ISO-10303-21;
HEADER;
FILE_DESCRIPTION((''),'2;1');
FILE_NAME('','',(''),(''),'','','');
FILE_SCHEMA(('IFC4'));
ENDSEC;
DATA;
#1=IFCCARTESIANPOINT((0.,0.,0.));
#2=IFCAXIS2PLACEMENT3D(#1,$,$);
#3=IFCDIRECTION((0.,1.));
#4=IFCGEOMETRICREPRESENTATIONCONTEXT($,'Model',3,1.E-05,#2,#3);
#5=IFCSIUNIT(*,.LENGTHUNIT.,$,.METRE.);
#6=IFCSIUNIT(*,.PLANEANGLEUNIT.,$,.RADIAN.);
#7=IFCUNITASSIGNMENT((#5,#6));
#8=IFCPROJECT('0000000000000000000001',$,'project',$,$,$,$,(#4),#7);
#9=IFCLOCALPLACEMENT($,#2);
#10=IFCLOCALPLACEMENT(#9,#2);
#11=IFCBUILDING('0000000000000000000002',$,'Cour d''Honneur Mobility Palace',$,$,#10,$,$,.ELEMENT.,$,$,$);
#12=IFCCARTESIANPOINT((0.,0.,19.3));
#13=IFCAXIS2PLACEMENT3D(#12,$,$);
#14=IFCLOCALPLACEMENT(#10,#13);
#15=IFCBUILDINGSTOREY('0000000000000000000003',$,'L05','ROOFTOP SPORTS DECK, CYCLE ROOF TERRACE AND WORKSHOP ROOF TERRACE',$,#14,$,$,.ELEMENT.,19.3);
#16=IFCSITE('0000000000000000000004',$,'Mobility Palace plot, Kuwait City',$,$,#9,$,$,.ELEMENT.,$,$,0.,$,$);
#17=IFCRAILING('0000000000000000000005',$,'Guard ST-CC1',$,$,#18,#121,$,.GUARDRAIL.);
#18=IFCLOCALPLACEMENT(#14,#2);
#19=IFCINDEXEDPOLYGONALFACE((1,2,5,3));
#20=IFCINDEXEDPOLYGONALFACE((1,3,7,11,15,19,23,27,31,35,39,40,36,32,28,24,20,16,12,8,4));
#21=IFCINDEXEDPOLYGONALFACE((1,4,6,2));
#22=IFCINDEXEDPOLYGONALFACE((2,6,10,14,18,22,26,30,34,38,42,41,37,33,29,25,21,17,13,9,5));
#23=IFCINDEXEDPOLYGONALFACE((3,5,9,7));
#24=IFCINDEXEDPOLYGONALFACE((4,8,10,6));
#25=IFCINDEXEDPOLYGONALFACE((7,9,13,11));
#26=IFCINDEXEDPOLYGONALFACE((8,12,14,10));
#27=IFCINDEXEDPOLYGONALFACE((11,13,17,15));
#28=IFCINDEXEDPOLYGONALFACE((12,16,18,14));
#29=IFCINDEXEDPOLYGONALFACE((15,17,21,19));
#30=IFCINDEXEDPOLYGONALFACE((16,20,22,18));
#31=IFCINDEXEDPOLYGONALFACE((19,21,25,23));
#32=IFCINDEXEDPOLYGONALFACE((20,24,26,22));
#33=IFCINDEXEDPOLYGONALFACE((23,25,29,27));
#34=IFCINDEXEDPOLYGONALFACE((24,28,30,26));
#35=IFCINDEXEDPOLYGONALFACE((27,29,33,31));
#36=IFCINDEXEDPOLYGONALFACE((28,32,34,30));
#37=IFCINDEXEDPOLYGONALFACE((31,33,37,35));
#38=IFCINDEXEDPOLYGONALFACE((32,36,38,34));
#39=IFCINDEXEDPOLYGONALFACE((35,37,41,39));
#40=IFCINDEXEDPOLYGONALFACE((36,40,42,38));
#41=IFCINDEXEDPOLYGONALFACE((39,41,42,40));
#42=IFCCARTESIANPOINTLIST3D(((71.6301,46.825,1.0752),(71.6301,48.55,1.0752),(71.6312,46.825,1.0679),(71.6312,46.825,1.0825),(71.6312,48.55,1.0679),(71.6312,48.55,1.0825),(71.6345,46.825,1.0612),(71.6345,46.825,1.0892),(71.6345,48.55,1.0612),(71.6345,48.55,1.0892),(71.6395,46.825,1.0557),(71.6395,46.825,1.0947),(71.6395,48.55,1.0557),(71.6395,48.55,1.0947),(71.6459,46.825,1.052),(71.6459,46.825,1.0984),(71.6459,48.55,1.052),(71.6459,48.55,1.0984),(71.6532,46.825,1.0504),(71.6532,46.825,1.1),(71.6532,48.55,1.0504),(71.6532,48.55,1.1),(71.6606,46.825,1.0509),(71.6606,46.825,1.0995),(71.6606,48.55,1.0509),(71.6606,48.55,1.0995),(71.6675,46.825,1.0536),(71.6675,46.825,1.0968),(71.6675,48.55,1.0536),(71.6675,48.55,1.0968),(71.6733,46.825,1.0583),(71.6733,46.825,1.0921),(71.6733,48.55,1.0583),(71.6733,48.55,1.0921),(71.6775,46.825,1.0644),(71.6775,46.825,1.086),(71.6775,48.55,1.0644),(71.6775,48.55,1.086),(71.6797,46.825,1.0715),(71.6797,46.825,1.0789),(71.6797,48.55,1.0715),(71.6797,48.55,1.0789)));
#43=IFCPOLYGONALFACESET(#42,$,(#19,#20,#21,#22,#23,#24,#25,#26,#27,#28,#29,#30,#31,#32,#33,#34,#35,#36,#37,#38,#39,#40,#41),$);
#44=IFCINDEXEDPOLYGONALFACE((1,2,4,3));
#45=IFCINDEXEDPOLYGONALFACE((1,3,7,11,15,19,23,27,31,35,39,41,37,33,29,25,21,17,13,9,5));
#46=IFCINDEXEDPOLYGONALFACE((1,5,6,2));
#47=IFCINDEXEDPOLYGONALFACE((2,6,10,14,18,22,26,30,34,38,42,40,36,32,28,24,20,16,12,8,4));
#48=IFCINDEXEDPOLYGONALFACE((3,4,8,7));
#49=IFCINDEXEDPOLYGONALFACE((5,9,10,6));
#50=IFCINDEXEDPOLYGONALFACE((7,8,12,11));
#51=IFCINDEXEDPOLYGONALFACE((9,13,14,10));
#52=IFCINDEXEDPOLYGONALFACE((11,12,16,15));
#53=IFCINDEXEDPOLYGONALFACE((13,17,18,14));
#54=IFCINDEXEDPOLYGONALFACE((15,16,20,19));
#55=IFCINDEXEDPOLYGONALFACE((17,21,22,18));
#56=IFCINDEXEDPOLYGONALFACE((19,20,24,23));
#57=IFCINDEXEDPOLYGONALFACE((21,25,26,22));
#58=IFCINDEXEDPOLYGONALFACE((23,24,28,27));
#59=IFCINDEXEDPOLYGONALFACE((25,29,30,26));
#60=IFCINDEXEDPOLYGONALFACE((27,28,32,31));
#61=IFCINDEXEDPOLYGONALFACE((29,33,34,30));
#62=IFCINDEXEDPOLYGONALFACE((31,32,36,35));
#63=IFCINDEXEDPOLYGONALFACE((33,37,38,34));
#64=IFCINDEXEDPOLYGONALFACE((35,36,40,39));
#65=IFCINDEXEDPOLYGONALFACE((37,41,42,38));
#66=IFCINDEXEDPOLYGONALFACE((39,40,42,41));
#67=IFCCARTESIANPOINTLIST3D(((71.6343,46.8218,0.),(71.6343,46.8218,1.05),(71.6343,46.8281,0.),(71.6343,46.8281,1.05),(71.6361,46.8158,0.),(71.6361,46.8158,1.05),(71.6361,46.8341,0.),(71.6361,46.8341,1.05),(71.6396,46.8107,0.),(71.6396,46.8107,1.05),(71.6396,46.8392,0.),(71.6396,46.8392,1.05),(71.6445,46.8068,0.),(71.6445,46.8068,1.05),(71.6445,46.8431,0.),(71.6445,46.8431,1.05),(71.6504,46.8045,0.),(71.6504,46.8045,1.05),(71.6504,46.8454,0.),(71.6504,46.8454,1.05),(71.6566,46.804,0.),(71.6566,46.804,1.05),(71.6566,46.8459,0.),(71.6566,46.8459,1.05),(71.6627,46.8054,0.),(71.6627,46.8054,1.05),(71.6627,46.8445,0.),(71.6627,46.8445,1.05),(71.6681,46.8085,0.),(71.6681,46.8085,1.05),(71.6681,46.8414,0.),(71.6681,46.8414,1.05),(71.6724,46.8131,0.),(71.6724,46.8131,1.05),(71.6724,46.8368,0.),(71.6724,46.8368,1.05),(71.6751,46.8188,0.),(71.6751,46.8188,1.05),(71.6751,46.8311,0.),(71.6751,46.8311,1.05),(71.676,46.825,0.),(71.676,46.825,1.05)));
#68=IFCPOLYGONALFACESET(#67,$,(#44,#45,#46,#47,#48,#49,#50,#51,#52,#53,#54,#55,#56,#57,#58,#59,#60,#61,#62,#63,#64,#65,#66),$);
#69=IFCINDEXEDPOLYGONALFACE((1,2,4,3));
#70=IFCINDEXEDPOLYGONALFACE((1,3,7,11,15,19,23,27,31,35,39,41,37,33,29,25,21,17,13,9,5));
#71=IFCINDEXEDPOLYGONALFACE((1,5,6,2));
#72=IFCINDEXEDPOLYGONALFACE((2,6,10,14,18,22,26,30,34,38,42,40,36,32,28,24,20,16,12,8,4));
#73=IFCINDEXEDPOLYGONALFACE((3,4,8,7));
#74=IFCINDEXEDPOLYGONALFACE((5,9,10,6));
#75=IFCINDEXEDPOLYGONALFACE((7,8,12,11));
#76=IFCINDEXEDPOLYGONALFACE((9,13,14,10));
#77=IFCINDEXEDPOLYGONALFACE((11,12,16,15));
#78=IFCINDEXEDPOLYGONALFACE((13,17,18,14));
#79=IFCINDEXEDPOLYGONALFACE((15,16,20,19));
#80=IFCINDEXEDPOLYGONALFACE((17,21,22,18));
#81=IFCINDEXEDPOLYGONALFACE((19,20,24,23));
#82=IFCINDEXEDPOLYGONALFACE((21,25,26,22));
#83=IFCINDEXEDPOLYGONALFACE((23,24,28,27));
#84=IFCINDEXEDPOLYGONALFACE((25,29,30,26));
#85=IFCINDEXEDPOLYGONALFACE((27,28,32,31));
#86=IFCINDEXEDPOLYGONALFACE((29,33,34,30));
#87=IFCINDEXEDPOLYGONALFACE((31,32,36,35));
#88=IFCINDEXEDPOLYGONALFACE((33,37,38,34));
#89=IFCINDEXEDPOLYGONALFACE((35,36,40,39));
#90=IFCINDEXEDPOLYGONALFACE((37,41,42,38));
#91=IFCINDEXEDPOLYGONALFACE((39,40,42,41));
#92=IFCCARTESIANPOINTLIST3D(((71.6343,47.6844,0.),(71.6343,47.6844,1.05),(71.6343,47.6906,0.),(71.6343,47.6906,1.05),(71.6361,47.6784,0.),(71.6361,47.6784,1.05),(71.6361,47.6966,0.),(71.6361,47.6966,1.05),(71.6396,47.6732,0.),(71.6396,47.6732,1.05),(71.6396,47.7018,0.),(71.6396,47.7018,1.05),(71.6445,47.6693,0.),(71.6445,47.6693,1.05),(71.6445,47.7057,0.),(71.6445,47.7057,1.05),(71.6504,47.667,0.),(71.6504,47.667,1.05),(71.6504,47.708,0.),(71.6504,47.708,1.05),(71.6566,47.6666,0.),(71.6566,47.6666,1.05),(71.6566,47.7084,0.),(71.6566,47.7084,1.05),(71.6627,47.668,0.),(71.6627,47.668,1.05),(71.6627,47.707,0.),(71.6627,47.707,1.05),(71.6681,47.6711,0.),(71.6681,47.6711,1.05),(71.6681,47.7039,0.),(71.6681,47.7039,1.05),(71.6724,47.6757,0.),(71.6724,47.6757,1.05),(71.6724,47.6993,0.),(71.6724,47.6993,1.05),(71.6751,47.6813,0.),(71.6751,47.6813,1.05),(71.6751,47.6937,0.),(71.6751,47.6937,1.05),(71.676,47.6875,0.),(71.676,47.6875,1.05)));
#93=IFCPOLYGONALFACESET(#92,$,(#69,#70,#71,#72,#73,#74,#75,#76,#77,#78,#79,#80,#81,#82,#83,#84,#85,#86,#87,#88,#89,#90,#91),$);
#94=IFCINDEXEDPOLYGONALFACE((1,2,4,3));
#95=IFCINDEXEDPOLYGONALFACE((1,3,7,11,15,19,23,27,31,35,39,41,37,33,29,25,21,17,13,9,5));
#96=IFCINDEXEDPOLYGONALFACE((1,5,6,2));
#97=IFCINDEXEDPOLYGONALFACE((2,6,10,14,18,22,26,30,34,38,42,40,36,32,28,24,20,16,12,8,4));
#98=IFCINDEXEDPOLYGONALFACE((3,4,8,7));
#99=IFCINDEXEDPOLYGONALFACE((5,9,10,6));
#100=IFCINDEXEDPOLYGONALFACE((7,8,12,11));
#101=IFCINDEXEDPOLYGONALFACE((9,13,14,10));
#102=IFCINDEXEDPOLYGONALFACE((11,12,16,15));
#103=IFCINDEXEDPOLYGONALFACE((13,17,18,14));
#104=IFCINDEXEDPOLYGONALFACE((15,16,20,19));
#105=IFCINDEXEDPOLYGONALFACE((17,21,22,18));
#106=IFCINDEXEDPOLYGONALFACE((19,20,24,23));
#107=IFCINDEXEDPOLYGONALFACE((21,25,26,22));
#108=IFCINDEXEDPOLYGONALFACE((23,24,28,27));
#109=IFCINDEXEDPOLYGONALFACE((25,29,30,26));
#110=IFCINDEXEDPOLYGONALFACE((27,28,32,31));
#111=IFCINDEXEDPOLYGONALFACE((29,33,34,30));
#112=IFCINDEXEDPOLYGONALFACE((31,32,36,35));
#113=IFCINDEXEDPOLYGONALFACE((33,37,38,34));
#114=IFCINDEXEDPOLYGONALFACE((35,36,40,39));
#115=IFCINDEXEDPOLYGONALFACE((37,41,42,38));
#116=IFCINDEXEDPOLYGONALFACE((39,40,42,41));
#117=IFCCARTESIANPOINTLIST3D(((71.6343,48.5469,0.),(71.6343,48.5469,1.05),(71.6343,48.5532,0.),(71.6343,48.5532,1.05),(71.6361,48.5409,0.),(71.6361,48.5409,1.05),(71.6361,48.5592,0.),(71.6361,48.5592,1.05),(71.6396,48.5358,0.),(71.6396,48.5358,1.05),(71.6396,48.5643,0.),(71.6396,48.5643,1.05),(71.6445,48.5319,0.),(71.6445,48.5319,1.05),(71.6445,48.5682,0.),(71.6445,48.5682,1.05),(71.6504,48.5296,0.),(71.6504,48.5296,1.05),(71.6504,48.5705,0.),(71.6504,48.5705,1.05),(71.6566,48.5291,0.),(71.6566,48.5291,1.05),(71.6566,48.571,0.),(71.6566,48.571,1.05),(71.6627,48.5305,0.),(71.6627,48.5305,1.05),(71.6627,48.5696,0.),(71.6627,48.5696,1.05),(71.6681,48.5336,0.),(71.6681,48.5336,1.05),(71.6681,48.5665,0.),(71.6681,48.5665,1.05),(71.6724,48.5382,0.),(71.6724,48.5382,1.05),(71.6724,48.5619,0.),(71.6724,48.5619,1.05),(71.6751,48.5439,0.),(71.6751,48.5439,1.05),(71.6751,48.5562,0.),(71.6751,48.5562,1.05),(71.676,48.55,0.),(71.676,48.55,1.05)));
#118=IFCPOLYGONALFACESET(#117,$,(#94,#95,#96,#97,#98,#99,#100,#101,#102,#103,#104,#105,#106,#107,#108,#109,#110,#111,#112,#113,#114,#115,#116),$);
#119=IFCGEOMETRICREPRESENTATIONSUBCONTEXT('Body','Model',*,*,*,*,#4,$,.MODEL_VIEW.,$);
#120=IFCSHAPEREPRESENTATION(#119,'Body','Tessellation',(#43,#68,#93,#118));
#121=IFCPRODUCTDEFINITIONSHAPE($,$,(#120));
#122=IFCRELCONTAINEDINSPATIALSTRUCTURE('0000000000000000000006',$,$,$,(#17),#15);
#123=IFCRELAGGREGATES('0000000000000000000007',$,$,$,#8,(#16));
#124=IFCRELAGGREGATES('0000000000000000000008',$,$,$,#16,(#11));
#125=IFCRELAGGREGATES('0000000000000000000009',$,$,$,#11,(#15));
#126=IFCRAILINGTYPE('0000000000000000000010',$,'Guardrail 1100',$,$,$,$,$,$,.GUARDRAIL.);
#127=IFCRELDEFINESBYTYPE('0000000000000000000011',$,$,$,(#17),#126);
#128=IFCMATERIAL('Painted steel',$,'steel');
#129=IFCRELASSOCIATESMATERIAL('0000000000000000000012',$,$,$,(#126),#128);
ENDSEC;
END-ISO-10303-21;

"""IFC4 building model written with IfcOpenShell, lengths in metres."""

from ifc_helpers import new_model, si_unit, direction, frame, origin, origin_2d, place, context, subcontext, project, spatial, circle, extrude, material, type_object, element, save


model = new_model("IFC4")

# Units and contexts
model_context = context("Model", 3, precision=1e-05, world=origin(), true_north=direction((0.0, 1.0)))
body_context = subcontext(model_context, "Body", "Model", "MODEL_VIEW")
ifc_project = project(units=[si_unit("LENGTHUNIT", "METRE"), si_unit("PLANEANGLEUNIT", "RADIAN")], contexts=[model_context])

# Site, building, storey
site_placement = place(None, origin())
site = spatial("IfcSite", under=ifc_project, at=site_placement, Name="Mobility Palace plot, Kuwait City", CompositionType="ELEMENT", RefElevation=0.0)
building_placement = place(site_placement, origin())
building = spatial("IfcBuilding", under=site, at=building_placement, Name="Cour d'Honneur Mobility Palace", CompositionType="ELEMENT")
storey_placement = place(building_placement, frame((0.0, 0.0, 19.3)))
storey = spatial("IfcBuildingStorey", under=building, at=storey_placement, Name="L05", Description="ROOFTOP SPORTS DECK, CYCLE ROOF TERRACE AND WORKSHOP ROOF TERRACE", CompositionType="ELEMENT", Elevation=19.3)

# Railing
ifc_material_1 = material(Name="Painted steel", Category="steel")
railing_type_1 = type_object("IfcRailingType", Name="Guardrail 1100", PredefinedType="GUARDRAIL", material=ifc_material_1)
railing_1_placement = place(storey_placement, frame((71.655, 46.825, 0.0)))
element("IfcRailing", 1, at=railing_1_placement, inside=storey, type_object=railing_type_1, Name="Guard ST-CC1", PredefinedType="GUARDRAIL", context=body_context, shape_type="SweptSolid", body=[
    extrude(circle(Radius=0.0249, at=origin_2d()), frame((0.0, 0.0, 1.0752), z_axis=(0.0, 1.0, 0.0), x_axis=(-1.0, 0.0, 0.0)), (0.0, 0.0, 1.0), 1.7251),
    extrude(circle(Radius=0.021, at=origin_2d()), origin(), (0.0, 0.0, 1.0), 1.05),
    extrude(circle(Radius=0.021, at=origin_2d()), frame((0.0, 0.8625, 0.0)), (0.0, 0.0, 1.0), 1.05),
    extrude(circle(Radius=0.021, at=origin_2d()), frame((0.0, 1.7251, 0.0)), (0.0, 0.0, 1.0), 1.05),
])

save(model, "model.ifc")
